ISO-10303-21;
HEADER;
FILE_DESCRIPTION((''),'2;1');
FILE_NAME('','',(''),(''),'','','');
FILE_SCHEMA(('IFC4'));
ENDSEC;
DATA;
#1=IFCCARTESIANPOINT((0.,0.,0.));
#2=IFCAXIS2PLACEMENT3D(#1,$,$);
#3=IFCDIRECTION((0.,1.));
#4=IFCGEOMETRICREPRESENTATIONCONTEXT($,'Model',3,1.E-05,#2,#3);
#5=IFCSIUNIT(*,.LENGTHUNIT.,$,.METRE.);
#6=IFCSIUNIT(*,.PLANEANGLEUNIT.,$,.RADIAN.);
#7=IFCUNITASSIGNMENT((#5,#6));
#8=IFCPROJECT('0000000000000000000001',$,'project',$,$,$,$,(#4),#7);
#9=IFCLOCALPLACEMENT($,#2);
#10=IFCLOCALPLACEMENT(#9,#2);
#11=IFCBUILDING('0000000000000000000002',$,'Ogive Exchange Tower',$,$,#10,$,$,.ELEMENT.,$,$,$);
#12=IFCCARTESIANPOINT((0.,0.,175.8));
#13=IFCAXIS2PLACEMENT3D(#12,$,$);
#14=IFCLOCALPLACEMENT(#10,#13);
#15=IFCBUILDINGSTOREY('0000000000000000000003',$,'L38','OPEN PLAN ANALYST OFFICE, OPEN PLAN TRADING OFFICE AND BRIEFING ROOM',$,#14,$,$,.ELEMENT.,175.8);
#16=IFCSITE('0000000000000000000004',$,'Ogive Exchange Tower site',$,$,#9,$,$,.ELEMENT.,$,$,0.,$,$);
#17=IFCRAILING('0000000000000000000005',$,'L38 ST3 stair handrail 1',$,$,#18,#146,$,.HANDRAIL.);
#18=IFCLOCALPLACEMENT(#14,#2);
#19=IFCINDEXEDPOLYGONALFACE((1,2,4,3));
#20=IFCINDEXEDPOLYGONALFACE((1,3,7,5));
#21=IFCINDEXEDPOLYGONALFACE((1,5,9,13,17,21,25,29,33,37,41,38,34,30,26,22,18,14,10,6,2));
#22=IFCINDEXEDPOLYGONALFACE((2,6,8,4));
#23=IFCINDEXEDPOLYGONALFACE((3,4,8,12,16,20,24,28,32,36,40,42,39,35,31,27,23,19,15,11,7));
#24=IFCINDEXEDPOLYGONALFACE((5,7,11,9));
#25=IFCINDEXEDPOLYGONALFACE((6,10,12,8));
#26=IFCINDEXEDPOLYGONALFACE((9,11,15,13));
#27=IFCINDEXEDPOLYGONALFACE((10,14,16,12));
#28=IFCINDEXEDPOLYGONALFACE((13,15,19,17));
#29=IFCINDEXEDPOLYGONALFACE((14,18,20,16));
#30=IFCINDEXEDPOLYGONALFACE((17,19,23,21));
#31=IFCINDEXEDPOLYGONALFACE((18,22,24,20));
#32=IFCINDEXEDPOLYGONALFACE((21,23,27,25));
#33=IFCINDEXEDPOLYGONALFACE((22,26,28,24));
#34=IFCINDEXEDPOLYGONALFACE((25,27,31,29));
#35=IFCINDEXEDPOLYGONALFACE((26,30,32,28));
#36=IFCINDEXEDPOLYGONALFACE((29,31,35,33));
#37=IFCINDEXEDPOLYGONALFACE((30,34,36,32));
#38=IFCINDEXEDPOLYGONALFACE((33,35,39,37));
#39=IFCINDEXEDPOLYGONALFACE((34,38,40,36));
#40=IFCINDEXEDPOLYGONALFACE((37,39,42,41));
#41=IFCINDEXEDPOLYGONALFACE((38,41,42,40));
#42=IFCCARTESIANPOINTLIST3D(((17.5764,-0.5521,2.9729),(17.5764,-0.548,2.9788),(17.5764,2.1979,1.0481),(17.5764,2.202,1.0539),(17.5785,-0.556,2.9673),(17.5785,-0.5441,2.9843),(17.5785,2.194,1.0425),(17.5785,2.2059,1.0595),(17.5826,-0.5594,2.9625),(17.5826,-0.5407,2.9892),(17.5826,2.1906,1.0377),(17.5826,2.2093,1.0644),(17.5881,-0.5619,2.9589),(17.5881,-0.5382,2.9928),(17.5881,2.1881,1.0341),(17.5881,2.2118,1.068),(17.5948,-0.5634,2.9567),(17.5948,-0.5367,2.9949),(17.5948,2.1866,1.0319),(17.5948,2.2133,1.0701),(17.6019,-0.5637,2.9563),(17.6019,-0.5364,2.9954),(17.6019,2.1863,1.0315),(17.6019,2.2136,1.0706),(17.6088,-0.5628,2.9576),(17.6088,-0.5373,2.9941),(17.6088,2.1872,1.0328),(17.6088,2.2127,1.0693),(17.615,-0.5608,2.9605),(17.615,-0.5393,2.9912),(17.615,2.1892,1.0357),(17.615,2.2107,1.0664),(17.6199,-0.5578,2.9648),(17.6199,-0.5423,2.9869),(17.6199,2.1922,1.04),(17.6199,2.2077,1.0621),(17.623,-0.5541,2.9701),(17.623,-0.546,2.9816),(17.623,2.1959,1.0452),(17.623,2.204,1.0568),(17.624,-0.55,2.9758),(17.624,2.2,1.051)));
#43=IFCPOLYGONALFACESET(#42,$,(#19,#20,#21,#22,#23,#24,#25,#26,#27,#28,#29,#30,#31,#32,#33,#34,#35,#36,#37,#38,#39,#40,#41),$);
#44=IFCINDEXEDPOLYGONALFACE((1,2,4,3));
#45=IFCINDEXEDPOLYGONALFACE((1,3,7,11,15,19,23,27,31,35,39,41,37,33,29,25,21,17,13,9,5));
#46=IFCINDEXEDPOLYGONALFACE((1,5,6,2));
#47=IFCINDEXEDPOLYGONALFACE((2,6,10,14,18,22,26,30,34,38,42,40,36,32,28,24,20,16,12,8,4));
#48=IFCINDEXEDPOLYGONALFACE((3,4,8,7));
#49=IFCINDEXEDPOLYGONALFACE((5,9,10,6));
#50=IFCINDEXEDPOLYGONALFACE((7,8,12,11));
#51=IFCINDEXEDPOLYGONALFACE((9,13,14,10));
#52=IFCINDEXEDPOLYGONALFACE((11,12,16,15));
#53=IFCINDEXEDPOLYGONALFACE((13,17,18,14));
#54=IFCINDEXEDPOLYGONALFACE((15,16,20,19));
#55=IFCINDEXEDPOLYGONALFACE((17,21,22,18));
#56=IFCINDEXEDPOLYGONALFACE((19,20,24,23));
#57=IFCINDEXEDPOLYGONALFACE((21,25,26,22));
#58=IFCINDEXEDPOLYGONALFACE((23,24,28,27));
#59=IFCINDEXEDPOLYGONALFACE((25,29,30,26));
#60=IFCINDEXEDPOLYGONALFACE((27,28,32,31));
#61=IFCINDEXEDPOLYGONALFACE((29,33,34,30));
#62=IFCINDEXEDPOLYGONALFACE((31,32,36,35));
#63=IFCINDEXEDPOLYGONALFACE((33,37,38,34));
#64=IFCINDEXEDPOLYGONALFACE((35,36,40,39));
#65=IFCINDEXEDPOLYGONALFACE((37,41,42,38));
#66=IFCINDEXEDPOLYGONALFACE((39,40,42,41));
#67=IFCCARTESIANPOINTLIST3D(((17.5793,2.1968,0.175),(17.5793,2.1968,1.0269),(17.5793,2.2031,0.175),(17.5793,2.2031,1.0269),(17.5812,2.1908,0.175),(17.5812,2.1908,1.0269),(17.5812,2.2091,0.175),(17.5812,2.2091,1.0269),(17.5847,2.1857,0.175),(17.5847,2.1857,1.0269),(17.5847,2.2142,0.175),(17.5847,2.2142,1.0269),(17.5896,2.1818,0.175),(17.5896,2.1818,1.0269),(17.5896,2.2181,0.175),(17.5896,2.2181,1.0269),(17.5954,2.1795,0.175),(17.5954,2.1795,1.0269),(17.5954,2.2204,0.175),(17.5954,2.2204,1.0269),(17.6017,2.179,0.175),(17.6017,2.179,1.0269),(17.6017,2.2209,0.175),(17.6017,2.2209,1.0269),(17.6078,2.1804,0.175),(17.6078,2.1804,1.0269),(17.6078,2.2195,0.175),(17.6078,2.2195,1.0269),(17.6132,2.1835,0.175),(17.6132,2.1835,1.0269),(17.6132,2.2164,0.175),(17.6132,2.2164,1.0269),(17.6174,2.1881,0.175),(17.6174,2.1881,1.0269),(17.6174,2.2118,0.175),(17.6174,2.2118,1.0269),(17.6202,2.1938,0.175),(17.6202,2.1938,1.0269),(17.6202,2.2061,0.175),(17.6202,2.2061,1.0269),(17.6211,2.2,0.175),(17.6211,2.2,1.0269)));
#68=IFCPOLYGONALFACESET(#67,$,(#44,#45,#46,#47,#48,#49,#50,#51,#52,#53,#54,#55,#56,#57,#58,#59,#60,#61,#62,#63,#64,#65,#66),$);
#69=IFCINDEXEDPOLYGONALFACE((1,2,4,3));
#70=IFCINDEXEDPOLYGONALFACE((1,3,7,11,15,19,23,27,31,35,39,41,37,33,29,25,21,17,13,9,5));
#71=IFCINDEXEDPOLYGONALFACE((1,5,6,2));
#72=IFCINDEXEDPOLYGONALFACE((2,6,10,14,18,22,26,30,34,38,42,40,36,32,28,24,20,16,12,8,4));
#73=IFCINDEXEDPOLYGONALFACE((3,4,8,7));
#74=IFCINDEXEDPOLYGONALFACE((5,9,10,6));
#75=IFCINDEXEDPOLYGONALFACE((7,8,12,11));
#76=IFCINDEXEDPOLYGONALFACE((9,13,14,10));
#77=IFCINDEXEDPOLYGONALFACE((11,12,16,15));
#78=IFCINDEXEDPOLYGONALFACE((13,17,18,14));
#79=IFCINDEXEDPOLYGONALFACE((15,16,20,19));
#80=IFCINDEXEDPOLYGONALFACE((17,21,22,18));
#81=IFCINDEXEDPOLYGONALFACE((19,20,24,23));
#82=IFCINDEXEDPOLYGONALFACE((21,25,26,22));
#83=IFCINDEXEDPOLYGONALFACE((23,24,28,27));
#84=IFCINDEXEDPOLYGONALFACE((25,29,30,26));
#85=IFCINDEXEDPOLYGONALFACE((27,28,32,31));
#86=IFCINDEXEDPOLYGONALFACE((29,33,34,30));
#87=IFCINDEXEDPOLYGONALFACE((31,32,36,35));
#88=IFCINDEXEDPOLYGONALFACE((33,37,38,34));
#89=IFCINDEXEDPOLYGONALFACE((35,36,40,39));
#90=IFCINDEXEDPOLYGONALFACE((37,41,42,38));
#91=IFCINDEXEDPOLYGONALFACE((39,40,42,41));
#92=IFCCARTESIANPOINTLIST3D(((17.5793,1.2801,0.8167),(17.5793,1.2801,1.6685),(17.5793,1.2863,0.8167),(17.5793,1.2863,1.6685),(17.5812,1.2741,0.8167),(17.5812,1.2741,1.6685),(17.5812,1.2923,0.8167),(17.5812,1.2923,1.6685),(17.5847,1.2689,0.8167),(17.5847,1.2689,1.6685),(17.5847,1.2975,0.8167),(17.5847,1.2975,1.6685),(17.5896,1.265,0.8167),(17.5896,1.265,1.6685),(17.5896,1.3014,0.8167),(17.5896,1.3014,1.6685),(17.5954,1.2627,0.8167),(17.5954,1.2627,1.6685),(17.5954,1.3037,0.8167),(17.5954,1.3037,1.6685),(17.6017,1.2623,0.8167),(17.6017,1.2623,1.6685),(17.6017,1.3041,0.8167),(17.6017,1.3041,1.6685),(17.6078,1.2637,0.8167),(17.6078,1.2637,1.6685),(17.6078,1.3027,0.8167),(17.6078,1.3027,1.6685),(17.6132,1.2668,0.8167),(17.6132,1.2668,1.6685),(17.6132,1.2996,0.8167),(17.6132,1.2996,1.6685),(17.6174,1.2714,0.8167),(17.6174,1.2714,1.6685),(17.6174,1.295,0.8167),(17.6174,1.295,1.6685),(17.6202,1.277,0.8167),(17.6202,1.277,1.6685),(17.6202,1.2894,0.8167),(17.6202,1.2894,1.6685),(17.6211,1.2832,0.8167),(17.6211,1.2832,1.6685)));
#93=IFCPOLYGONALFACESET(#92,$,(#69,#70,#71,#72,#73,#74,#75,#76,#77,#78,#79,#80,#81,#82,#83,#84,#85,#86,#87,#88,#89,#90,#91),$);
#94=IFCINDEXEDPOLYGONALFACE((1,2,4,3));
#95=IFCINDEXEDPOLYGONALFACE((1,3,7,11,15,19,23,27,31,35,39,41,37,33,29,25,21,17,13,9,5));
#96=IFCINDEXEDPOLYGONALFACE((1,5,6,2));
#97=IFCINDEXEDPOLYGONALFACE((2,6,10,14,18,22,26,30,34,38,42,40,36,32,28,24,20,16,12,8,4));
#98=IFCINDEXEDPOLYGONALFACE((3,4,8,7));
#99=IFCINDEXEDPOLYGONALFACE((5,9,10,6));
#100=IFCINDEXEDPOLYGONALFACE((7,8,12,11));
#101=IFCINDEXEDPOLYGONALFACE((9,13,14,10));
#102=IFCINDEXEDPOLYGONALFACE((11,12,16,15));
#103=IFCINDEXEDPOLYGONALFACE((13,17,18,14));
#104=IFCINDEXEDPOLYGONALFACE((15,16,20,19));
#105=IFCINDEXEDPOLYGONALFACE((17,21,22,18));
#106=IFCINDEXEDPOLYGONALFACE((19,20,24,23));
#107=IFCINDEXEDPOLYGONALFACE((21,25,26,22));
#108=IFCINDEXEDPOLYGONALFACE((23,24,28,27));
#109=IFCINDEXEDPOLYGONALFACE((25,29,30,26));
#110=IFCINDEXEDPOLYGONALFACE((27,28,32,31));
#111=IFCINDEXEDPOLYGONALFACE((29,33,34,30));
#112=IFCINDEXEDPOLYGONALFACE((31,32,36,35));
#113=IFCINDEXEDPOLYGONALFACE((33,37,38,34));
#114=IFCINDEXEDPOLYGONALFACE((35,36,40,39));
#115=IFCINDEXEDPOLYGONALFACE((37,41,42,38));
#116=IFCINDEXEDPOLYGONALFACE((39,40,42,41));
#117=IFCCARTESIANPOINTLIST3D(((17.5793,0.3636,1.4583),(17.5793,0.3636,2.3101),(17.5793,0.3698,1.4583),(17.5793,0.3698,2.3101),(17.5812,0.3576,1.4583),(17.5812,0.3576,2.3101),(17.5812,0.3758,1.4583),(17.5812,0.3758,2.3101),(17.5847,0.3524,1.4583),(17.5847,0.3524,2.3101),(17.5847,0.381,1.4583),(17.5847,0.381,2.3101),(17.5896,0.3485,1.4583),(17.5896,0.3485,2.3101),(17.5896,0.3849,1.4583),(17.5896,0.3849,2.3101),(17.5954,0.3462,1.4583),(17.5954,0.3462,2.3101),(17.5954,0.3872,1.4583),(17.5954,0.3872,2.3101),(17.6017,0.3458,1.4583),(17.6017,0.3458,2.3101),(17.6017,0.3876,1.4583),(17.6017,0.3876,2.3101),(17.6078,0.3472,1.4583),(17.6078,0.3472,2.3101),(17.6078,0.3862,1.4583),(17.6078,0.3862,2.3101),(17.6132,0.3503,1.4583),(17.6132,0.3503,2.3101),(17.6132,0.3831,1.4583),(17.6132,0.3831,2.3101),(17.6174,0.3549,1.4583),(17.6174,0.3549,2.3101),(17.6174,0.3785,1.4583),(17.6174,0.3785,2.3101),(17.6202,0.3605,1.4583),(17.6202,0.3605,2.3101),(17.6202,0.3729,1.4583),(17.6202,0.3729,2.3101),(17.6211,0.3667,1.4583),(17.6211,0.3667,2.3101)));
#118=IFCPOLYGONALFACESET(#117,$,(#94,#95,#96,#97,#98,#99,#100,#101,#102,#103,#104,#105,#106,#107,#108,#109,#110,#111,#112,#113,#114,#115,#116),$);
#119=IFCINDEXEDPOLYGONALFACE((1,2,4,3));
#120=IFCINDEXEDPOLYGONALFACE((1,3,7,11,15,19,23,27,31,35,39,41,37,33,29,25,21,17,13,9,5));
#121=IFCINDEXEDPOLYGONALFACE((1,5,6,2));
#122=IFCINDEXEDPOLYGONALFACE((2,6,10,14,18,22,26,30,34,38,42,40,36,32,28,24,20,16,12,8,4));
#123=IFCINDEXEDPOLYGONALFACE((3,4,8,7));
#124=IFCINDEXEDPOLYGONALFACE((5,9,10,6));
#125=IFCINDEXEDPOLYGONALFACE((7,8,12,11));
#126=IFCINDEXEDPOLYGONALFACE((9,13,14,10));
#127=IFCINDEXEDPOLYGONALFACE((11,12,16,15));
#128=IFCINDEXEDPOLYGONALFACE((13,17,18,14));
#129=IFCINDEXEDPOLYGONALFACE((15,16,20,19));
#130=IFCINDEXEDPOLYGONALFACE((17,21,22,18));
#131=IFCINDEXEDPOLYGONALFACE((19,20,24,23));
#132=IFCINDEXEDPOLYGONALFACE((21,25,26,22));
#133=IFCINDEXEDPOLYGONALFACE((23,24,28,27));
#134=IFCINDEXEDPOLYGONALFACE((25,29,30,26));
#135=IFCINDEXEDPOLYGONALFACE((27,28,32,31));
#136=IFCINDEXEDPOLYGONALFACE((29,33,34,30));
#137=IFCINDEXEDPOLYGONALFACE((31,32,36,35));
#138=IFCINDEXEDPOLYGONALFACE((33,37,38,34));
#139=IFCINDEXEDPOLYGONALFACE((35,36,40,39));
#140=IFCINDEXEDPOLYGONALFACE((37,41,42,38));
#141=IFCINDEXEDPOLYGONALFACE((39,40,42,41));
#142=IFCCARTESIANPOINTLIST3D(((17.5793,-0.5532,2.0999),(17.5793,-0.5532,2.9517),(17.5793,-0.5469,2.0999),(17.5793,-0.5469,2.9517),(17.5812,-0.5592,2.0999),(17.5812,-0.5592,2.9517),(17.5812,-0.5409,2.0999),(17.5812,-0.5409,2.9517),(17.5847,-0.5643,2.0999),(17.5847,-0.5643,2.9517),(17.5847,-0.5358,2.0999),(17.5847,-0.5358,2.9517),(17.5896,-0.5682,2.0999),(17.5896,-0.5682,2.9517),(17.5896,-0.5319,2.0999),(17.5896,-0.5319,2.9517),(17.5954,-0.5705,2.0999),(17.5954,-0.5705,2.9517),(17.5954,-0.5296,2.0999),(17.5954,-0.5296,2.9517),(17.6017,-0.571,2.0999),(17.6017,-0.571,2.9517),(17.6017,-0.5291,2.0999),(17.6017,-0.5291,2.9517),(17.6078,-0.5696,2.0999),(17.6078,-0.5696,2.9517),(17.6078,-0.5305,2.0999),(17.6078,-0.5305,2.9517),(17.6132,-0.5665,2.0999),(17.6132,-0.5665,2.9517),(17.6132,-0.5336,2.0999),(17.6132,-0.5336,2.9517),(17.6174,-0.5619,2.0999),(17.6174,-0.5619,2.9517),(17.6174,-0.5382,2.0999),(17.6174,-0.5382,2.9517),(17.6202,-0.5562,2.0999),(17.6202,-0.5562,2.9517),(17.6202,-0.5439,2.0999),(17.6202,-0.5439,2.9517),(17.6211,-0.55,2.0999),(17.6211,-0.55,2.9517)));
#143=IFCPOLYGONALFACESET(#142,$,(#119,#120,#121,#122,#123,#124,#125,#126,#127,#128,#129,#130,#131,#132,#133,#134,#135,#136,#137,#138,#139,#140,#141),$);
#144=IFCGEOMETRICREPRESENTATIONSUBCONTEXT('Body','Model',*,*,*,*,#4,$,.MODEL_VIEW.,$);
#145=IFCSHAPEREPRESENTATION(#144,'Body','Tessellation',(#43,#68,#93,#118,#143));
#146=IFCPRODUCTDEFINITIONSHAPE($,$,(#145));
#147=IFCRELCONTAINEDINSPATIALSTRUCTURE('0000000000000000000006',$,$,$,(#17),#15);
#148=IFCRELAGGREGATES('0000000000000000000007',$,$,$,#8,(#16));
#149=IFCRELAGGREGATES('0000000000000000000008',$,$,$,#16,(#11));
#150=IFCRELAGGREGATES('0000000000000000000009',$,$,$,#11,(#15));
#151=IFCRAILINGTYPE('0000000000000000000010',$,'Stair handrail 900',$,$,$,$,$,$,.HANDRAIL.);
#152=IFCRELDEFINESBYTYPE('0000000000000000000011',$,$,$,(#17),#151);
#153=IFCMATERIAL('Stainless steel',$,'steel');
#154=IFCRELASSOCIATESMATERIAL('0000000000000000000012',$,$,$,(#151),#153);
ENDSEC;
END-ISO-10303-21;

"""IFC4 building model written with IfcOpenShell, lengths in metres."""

from ifc_helpers import new_model, si_unit, direction, frame, origin, origin_2d, place, context, subcontext, project, spatial, circle, extrude, material, type_object, element, save


model = new_model("IFC4")

# Units and contexts
model_context = context("Model", 3, precision=1e-05, world=origin(), true_north=direction((0.0, 1.0)))
body_context = subcontext(model_context, "Body", "Model", "MODEL_VIEW")
ifc_project = project(units=[si_unit("LENGTHUNIT", "METRE"), si_unit("PLANEANGLEUNIT", "RADIAN")], contexts=[model_context])

# Site, building, storey
site_placement = place(None, origin())
site = spatial("IfcSite", under=ifc_project, at=site_placement, Name="Ogive Exchange Tower site", CompositionType="ELEMENT", RefElevation=0.0)
building_placement = place(site_placement, origin())
building = spatial("IfcBuilding", under=site, at=building_placement, Name="Ogive Exchange Tower", CompositionType="ELEMENT")
storey_placement = place(building_placement, frame((0.0, 0.0, 175.8)))
storey = spatial("IfcBuildingStorey", under=building, at=storey_placement, Name="L38", Description="OPEN PLAN ANALYST OFFICE, OPEN PLAN TRADING OFFICE AND BRIEFING ROOM", CompositionType="ELEMENT", Elevation=175.8)

# Shared definitions
ifc_material_1 = material(Name="Stainless steel", Category="steel")

# Railing
railing_type = type_object("IfcRailingType", Name="Stair handrail 900", PredefinedType="HANDRAIL", material=ifc_material_1)
railing_placement = place(storey_placement, frame((17.6001, 2.2, 0.175)))
element("IfcRailing", 1, at=railing_placement, inside=storey, type_object=railing_type, Name="L38 ST3 stair handrail 1", PredefinedType="HANDRAIL", context=body_context, shape_type="SweptSolid", body=[
    extrude(circle(Radius=0.0239, at=origin_2d()), frame((0.0, 0.0, 0.876), z_axis=(0.0, -0.819259, 0.573423), x_axis=(1.0, 0.0, 0.0)), (0.0, 0.0, 1.0), 3.3567),
    extrude(circle(Radius=0.021, at=origin_2d()), origin(), (0.0, 0.0, 1.0), 0.8518),
    extrude(circle(Radius=0.021, at=origin_2d()), frame((0.0, -0.9167, 0.6416)), (0.0, 0.0, 1.0), 0.8518),
    extrude(circle(Radius=0.021, at=origin_2d()), frame((0.0, -1.8333, 1.2832)), (0.0, 0.0, 1.0), 0.8518),
    extrude(circle(Radius=0.021, at=origin_2d()), frame((0.0, -2.75, 1.9248)), (0.0, 0.0, 1.0), 0.8518),
])

save(model, "model.ifc")
